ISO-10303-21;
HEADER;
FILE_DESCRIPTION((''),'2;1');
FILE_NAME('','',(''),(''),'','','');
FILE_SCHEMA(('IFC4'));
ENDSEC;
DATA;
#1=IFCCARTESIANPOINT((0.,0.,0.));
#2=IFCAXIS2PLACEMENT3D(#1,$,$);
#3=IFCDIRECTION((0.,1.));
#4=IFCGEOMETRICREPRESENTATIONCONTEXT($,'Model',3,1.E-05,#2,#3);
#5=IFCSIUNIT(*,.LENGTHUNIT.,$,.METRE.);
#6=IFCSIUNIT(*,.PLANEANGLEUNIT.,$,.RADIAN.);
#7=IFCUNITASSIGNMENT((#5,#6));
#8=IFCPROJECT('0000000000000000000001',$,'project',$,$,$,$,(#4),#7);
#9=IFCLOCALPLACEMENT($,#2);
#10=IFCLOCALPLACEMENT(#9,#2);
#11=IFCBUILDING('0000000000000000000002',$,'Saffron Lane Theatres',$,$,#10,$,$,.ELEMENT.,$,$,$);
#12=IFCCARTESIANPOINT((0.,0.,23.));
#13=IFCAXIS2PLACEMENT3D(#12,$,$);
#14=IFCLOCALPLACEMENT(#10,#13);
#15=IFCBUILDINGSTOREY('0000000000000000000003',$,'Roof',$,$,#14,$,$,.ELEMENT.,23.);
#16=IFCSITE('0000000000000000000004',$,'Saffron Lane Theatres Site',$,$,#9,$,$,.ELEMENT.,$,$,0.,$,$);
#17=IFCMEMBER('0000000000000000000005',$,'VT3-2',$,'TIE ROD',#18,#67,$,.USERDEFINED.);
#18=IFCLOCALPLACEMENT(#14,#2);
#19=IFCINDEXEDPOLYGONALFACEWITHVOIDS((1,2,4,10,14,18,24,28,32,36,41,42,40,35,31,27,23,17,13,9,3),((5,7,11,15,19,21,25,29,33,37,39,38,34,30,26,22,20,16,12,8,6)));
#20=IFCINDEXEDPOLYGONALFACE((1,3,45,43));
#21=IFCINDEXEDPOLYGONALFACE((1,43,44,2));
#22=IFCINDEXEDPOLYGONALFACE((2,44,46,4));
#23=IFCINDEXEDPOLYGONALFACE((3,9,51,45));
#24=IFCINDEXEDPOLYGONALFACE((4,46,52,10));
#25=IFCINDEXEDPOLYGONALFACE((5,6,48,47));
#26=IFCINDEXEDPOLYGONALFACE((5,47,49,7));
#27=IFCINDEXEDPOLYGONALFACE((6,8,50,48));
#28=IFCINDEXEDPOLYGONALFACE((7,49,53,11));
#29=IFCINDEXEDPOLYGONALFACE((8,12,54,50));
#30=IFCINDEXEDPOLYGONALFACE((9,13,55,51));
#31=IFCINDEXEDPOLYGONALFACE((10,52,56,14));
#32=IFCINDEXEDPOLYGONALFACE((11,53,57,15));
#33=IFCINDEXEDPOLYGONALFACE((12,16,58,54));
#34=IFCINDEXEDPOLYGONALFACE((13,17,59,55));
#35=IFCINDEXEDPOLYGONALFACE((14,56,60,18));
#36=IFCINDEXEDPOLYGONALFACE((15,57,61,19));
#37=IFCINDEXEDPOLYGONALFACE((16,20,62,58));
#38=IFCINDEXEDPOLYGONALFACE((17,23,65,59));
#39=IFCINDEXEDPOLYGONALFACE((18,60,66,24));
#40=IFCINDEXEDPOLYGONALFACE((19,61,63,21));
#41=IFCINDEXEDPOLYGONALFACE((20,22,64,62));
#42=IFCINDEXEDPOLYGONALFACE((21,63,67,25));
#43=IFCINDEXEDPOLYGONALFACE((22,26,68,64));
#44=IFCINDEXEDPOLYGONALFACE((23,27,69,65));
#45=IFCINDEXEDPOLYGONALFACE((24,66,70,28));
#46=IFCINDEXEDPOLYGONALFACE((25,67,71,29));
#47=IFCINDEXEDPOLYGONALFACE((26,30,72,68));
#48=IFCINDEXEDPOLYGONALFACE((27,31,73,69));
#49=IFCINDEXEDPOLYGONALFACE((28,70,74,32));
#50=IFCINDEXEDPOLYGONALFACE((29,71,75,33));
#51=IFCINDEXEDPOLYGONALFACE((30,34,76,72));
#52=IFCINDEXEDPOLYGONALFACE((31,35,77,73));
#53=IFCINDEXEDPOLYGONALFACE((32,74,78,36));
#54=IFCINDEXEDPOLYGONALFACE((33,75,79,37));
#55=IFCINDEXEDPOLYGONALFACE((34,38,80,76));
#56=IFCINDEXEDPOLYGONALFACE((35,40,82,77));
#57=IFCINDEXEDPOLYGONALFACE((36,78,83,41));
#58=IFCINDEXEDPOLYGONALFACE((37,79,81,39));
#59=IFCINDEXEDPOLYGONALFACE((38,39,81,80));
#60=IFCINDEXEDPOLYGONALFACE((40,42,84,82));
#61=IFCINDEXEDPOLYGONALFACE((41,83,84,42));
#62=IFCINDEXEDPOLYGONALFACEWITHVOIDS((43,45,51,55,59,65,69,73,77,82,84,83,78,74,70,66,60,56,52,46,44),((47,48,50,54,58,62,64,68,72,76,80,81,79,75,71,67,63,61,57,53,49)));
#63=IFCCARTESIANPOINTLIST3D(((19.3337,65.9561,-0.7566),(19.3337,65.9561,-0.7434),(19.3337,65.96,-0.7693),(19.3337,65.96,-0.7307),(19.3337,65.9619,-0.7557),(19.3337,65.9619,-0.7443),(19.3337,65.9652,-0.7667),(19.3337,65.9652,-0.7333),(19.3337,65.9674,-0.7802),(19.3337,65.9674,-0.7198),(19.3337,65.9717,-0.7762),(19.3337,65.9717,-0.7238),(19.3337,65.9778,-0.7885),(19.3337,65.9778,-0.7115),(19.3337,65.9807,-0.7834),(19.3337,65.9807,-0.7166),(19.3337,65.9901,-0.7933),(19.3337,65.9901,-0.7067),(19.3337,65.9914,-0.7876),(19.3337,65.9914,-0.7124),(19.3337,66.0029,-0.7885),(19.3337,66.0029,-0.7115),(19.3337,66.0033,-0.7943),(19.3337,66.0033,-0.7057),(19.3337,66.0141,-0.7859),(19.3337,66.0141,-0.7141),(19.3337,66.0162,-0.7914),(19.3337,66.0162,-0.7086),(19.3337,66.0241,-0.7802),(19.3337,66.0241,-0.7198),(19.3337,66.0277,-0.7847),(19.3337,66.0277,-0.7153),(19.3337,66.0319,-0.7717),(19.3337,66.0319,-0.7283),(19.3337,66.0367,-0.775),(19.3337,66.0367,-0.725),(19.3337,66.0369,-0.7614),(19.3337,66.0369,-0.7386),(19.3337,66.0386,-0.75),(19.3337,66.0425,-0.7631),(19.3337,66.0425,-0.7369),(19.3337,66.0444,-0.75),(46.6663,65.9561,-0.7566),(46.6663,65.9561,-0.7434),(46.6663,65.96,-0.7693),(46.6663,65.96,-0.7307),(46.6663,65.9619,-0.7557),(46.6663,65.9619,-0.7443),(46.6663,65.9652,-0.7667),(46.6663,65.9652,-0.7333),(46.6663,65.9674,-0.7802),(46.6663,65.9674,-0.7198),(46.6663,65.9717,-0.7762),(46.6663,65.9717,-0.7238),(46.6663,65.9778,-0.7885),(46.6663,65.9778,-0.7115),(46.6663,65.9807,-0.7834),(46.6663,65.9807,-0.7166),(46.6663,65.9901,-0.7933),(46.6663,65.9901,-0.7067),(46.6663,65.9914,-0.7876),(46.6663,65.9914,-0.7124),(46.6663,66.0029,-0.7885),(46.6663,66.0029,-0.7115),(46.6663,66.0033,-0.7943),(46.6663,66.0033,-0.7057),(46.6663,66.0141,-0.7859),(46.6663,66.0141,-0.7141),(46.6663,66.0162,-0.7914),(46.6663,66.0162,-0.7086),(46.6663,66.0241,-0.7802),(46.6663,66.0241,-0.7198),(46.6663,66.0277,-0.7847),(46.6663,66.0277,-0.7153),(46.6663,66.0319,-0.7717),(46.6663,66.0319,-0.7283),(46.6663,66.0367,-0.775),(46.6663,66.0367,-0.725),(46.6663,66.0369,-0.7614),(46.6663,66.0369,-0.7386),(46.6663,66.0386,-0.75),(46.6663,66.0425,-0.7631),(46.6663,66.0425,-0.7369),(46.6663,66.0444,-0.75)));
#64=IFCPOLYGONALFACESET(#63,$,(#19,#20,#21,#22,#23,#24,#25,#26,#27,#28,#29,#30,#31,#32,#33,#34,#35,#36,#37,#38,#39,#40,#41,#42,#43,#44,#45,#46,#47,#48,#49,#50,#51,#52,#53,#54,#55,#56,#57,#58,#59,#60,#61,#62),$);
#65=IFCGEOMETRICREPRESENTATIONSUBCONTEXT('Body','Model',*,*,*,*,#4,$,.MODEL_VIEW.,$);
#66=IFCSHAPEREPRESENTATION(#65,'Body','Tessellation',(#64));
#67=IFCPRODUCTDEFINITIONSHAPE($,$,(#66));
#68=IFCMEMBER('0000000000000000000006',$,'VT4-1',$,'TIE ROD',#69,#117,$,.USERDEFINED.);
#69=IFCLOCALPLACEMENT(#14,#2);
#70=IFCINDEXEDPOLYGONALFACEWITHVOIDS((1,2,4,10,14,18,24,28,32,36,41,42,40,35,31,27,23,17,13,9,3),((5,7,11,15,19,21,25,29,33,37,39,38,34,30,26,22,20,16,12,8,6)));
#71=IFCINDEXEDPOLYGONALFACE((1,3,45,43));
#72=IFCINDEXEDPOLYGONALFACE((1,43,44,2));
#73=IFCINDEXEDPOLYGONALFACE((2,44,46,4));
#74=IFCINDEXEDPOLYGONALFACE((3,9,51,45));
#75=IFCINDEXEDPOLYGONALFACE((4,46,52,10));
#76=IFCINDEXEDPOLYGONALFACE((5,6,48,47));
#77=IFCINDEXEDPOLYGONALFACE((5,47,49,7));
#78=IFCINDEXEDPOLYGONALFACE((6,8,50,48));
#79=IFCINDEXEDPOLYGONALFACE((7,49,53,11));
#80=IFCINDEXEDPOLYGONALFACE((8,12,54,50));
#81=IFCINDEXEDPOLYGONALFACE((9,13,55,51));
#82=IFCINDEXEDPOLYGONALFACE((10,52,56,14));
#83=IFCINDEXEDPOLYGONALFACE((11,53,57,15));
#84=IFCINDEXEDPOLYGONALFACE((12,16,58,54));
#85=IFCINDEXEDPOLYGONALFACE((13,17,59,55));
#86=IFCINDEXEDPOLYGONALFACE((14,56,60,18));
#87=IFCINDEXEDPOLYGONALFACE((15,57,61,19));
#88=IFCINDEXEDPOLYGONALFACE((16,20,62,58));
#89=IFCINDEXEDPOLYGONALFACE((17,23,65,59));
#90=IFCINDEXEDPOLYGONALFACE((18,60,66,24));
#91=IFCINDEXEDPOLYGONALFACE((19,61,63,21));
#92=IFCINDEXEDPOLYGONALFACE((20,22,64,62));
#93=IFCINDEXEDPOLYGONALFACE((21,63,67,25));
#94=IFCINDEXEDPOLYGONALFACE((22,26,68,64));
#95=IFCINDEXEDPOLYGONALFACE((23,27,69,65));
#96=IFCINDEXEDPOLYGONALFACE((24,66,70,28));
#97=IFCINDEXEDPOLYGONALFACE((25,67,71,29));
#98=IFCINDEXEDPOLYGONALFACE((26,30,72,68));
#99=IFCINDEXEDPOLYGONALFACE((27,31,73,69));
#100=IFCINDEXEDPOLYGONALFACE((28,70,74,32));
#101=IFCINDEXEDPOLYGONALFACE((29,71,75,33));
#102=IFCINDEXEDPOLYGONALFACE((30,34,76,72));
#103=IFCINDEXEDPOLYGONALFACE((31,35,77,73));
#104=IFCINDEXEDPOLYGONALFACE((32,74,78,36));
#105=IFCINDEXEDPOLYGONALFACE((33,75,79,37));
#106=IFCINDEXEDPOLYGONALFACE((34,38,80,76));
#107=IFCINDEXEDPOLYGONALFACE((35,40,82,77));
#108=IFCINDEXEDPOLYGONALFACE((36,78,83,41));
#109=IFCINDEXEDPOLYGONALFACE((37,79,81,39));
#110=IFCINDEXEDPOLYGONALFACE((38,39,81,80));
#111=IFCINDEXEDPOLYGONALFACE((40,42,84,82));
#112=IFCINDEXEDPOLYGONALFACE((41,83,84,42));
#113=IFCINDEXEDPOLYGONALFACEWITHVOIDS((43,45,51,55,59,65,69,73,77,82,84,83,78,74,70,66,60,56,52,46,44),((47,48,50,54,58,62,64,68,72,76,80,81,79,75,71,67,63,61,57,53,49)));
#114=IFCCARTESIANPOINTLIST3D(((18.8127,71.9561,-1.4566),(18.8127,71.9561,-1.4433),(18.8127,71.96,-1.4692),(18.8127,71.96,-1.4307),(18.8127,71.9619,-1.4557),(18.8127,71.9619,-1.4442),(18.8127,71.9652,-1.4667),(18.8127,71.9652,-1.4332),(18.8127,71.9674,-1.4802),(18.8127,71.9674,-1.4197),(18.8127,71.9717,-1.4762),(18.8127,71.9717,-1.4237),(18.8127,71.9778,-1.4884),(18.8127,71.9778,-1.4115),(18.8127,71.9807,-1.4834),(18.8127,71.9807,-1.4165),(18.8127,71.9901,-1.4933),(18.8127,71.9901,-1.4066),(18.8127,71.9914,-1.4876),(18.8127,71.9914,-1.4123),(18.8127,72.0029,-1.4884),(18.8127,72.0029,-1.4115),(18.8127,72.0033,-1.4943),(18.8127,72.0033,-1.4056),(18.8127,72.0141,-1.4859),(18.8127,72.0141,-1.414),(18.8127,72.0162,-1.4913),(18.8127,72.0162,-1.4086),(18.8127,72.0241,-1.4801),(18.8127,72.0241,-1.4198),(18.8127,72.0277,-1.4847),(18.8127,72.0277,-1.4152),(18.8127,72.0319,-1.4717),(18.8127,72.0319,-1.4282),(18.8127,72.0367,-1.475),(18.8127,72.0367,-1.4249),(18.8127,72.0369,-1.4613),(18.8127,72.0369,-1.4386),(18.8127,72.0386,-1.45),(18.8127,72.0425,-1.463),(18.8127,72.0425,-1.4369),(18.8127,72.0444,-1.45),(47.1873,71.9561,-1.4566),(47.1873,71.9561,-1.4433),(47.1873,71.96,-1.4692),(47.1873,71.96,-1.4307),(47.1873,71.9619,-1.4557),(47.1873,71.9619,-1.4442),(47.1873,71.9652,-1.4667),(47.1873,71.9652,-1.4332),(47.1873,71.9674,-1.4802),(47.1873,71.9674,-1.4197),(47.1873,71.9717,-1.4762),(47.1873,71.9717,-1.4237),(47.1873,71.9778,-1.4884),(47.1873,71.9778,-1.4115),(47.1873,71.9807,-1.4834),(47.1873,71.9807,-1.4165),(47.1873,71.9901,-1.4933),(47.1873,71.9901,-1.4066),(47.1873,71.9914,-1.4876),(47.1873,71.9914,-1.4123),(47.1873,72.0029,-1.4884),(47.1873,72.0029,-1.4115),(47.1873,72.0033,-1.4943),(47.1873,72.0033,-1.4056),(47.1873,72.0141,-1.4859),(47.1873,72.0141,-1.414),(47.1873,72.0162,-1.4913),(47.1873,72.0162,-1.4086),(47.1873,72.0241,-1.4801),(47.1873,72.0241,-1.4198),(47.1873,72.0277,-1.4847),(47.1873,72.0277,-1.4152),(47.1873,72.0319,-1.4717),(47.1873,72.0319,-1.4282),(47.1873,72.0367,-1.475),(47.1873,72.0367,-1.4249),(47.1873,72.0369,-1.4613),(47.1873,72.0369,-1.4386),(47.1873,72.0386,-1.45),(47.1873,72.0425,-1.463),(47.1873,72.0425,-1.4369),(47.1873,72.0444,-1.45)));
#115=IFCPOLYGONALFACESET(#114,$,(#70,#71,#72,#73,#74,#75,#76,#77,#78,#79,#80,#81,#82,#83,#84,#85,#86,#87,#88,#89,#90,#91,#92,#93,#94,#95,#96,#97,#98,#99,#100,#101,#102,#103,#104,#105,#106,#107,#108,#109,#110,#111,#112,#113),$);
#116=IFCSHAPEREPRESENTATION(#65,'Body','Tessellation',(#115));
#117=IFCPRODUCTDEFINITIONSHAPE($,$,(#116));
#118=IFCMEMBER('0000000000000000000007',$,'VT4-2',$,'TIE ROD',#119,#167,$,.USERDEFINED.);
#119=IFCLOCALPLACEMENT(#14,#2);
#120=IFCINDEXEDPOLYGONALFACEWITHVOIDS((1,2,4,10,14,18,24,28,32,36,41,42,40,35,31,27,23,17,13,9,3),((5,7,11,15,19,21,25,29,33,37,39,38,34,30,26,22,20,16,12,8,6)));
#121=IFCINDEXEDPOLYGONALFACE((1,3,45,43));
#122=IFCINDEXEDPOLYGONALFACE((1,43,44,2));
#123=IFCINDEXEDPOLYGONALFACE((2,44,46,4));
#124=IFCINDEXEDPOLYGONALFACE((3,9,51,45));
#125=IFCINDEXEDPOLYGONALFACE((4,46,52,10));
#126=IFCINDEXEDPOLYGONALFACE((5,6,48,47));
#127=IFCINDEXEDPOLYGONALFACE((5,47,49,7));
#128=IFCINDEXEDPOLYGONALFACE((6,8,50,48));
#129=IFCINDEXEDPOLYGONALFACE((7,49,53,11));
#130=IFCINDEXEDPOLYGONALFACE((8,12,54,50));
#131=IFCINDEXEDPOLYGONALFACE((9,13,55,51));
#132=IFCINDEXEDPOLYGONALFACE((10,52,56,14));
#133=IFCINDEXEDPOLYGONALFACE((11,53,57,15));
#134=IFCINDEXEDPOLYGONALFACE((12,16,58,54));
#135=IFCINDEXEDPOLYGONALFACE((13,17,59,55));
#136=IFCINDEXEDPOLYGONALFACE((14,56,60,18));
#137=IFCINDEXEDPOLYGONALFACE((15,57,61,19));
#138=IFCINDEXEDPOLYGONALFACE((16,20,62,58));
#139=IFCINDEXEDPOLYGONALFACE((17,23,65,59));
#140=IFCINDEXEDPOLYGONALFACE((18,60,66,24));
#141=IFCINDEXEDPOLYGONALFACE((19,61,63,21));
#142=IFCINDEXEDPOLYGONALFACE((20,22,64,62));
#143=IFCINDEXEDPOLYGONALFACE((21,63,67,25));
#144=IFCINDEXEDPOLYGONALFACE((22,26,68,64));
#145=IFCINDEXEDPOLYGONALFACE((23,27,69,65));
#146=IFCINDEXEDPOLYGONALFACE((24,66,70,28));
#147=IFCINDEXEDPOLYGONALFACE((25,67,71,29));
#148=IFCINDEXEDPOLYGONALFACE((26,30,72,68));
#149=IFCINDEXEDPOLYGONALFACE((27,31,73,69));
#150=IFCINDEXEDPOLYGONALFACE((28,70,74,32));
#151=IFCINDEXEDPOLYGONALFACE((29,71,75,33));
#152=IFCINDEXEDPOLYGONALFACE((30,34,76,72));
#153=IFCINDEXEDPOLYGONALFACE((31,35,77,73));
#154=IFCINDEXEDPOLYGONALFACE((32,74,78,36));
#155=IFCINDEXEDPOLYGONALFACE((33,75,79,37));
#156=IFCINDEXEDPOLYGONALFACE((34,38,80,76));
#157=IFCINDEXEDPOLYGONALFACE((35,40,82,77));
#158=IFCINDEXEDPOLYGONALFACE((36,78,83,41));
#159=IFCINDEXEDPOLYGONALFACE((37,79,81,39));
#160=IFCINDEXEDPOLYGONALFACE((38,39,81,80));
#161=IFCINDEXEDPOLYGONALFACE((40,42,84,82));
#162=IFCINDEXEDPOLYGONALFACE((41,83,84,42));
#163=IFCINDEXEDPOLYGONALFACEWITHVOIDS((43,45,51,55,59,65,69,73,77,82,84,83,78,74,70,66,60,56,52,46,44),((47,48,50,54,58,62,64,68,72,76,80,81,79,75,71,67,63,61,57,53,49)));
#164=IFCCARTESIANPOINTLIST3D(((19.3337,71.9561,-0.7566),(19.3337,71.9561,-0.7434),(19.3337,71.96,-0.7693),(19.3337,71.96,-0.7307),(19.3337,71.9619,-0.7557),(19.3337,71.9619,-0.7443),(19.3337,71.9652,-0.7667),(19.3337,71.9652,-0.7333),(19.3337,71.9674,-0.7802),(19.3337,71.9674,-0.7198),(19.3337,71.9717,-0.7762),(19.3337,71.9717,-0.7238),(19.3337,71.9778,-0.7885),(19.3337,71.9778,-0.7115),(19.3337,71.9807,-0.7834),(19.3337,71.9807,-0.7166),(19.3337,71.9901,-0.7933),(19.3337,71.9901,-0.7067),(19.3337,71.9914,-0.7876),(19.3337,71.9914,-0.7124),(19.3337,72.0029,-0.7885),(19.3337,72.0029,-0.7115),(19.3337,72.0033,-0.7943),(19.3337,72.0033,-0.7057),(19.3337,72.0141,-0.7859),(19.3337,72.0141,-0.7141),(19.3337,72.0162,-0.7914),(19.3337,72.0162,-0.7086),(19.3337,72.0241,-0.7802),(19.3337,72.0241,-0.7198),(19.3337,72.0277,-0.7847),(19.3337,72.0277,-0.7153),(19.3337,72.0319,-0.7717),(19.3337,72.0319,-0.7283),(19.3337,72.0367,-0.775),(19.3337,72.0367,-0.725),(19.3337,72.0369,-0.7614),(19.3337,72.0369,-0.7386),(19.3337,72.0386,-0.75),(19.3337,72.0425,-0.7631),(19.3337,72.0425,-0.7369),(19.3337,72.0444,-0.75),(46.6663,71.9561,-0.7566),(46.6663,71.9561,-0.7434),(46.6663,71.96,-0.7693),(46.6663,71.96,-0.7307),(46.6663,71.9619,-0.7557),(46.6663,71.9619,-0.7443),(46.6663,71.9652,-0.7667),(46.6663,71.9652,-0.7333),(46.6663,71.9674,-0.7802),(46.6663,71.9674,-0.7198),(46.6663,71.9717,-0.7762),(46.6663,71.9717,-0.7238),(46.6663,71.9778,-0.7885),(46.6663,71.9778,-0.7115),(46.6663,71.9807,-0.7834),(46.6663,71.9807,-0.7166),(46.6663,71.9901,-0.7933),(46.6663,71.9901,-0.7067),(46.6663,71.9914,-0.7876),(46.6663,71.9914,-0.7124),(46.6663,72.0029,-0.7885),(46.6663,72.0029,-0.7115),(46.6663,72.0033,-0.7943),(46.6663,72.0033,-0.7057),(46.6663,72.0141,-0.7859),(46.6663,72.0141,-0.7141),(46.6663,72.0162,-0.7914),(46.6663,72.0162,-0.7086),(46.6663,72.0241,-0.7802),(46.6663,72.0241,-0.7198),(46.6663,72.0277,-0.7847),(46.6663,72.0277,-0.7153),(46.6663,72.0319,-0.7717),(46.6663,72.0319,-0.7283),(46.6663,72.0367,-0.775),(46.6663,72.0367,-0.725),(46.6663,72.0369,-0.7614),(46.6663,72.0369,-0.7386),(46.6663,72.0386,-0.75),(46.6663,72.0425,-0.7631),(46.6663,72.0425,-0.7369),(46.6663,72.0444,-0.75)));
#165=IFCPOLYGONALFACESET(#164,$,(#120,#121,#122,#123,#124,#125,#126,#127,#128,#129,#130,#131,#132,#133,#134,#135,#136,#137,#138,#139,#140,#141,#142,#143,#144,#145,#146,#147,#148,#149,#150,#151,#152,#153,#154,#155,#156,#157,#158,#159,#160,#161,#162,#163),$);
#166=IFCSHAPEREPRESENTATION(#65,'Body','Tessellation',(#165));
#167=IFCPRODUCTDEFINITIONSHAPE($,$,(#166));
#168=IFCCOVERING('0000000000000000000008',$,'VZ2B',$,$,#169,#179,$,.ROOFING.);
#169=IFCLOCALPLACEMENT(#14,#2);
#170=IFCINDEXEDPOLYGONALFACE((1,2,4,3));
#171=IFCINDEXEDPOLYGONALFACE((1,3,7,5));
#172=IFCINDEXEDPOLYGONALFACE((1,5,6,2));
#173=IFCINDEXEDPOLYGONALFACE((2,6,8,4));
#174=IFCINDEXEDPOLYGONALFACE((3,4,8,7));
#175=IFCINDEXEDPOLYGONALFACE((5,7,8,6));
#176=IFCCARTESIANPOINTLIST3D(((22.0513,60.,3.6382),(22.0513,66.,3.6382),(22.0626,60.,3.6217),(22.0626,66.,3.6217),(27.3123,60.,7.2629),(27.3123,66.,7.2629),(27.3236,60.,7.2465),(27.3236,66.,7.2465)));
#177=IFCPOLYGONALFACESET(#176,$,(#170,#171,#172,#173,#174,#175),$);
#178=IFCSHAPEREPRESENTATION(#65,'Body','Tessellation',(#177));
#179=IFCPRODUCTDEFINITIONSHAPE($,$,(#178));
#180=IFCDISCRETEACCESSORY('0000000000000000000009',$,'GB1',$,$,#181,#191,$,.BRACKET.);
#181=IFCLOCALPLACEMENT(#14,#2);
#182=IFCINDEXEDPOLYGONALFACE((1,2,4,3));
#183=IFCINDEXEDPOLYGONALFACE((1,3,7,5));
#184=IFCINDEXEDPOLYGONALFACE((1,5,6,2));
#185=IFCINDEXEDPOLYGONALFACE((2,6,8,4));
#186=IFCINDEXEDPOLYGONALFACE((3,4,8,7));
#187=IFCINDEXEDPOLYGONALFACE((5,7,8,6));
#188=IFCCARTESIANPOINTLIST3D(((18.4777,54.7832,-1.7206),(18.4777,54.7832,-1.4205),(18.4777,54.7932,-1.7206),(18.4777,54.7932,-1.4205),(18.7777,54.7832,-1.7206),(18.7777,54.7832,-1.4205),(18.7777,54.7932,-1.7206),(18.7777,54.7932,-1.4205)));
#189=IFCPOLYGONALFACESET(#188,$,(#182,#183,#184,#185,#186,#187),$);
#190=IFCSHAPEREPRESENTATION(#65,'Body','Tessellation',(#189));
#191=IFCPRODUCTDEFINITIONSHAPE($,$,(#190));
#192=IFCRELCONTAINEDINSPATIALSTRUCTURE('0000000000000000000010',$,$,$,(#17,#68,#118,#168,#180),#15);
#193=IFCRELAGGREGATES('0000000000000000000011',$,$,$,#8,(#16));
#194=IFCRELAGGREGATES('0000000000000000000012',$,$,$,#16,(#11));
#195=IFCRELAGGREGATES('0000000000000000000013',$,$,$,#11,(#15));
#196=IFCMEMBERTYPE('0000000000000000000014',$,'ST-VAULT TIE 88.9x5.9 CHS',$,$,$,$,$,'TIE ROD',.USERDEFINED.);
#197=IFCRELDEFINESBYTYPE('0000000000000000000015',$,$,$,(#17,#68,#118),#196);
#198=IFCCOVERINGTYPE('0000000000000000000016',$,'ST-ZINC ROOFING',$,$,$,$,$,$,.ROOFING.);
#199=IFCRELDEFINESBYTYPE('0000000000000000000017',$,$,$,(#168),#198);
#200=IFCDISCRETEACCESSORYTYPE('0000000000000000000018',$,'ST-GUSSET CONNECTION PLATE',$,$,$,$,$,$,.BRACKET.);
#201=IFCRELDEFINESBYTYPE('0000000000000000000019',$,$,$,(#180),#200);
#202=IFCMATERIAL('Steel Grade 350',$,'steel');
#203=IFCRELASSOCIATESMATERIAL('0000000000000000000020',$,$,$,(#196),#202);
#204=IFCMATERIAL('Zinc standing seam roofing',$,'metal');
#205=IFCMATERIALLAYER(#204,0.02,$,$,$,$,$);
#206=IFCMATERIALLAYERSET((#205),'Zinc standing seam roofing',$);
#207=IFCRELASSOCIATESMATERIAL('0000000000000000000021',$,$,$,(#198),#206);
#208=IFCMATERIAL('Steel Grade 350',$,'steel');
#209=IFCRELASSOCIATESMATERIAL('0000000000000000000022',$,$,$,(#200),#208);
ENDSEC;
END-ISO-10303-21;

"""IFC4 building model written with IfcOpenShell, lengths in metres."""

from ifc_helpers import new_model, si_unit, direction, frame, origin, origin_2d, place, context, subcontext, project, spatial, polyline, rectangle, hollow_circle, outline, extrude, material, layer, layer_set, material_profile, profile_set, type_object, element, save


model = new_model("IFC4")

# Units and contexts
model_context = context("Model", 3, precision=1e-05, world=origin(), true_north=direction((0.0, 1.0)))
body_context = subcontext(model_context, "Body", "Model", "MODEL_VIEW")
ifc_project = project(units=[si_unit("LENGTHUNIT", "METRE"), si_unit("PLANEANGLEUNIT", "RADIAN")], contexts=[model_context])

# Site, building, storey
site_placement = place(None, origin())
site = spatial("IfcSite", under=ifc_project, at=site_placement, Name="Saffron Lane Theatres Site", CompositionType="ELEMENT", RefElevation=0.0)
building_placement = place(site_placement, origin())
building = spatial("IfcBuilding", under=site, at=building_placement, Name="Saffron Lane Theatres", CompositionType="ELEMENT")
storey_placement = place(building_placement, frame((0.0, 0.0, 23.0)))
storey = spatial("IfcBuildingStorey", under=building, at=storey_placement, Name="Roof", CompositionType="ELEMENT", Elevation=23.0)

# Members
ifc_material_1 = material(Name="Steel Grade 350", Category="steel")
ifc_material_profile_1 = material_profile(ifc_material_1, hollow_circle(Radius=0.0444, WallThickness=0.0059, at=origin_2d()))
ifc_profile_set_1 = profile_set([ifc_material_profile_1], Name="Steel Grade 350")
member_type_1 = type_object("IfcMemberType", Name="ST-VAULT TIE 88.9x5.9 CHS", ElementType="TIE ROD", PredefinedType="USERDEFINED", material=ifc_profile_set_1)
member_1_placement = place(storey_placement, frame((19.3337, 66.0, -0.75), z_axis=(1.0, 0.0, 0.0), x_axis=(0.0, 1.0, 0.0)))
element("IfcMember", 1, at=member_1_placement, inside=storey, type_object=member_type_1, Name="VT3-2", ObjectType="TIE ROD", PredefinedType="USERDEFINED", context=body_context, shape_type="SweptSolid", body=[
    extrude(hollow_circle(Radius=0.0444, WallThickness=0.0059, at=origin_2d()), origin(), (0.0, 0.0, 1.0), 27.3325),
])
member_2_placement = place(storey_placement, frame((18.8127, 72.0, -1.45), z_axis=(1.0, 0.0, 0.0), x_axis=(0.0, 1.0, 0.0)))
element("IfcMember", 2, at=member_2_placement, inside=storey, type_object=member_type_1, Name="VT4-1", ObjectType="TIE ROD", PredefinedType="USERDEFINED", context=body_context, shape_type="SweptSolid", body=[
    extrude(hollow_circle(Radius=0.0444, WallThickness=0.0059, at=origin_2d()), origin(), (0.0, 0.0, 1.0), 28.3745),
])
member_3_placement = place(storey_placement, frame((19.3337, 72.0, -0.75), z_axis=(1.0, 0.0, 0.0), x_axis=(0.0, 1.0, 0.0)))
element("IfcMember", 3, at=member_3_placement, inside=storey, type_object=member_type_1, Name="VT4-2", ObjectType="TIE ROD", PredefinedType="USERDEFINED", context=body_context, shape_type="SweptSolid", body=[
    extrude(hollow_circle(Radius=0.0444, WallThickness=0.0059, at=origin_2d()), origin(), (0.0, 0.0, 1.0), 27.3325),
])

# Covering
ifc_material_2 = material(Name="Zinc standing seam roofing", Category="metal")
ifc_layer_1 = layer(ifc_material_2, 0.02)
ifc_layer_set_1 = layer_set([ifc_layer_1], Name="Zinc standing seam roofing")
covering_type_1 = type_object("IfcCoveringType", Name="ST-ZINC ROOFING", PredefinedType="ROOFING", material=ifc_layer_set_1)
covering_1_placement = place(storey_placement, frame((22.0513, 60.0, 3.6382), z_axis=(-0.567361, 0.0, 0.82347), x_axis=(0.82347, 0.0, 0.567361)))
element("IfcCovering", 4, at=covering_1_placement, inside=storey, type_object=covering_type_1, Name="VZ2B", PredefinedType="ROOFING", context=body_context, shape_type="SweptSolid", body=[
    extrude(outline(polyline([(0.0, 0.0), (6.3888, 0.0), (6.3888, 6.0), (0.0, 6.0), (0.0, 0.0)])), origin(), (0.0, 0.0, -1.0), 0.02),
])

# Discrete accessory
ifc_material_3 = material(Name="Steel Grade 350", Category="steel")
ifc_material_profile_2 = material_profile(ifc_material_3, rectangle(XDim=0.3, YDim=0.3, at=origin_2d()))
ifc_profile_set_2 = profile_set([ifc_material_profile_2], Name="Steel Grade 350")
discrete_accessory_type = type_object("IfcDiscreteAccessoryType", Name="ST-GUSSET CONNECTION PLATE", PredefinedType="BRACKET", material=ifc_profile_set_2)
for number, where, z_axis, x_axis, name in (
    (5, (18.6277, 54.7832, -1.5706), (0.0, 1.0, 0.0), (-1.0, 0.0, 0.0), "GB1"),
):
    element("IfcDiscreteAccessory", number, at=place(storey_placement, frame(where, z_axis=z_axis, x_axis=x_axis)), inside=storey, type_object=discrete_accessory_type, Name=name, PredefinedType="BRACKET", context=body_context, shape_type="SweptSolid", body=[
        extrude(rectangle(XDim=0.3, YDim=0.3, at=origin_2d()), origin(), (0.0, 0.0, 1.0), 0.01),
    ])

save(model, "model.ifc")
